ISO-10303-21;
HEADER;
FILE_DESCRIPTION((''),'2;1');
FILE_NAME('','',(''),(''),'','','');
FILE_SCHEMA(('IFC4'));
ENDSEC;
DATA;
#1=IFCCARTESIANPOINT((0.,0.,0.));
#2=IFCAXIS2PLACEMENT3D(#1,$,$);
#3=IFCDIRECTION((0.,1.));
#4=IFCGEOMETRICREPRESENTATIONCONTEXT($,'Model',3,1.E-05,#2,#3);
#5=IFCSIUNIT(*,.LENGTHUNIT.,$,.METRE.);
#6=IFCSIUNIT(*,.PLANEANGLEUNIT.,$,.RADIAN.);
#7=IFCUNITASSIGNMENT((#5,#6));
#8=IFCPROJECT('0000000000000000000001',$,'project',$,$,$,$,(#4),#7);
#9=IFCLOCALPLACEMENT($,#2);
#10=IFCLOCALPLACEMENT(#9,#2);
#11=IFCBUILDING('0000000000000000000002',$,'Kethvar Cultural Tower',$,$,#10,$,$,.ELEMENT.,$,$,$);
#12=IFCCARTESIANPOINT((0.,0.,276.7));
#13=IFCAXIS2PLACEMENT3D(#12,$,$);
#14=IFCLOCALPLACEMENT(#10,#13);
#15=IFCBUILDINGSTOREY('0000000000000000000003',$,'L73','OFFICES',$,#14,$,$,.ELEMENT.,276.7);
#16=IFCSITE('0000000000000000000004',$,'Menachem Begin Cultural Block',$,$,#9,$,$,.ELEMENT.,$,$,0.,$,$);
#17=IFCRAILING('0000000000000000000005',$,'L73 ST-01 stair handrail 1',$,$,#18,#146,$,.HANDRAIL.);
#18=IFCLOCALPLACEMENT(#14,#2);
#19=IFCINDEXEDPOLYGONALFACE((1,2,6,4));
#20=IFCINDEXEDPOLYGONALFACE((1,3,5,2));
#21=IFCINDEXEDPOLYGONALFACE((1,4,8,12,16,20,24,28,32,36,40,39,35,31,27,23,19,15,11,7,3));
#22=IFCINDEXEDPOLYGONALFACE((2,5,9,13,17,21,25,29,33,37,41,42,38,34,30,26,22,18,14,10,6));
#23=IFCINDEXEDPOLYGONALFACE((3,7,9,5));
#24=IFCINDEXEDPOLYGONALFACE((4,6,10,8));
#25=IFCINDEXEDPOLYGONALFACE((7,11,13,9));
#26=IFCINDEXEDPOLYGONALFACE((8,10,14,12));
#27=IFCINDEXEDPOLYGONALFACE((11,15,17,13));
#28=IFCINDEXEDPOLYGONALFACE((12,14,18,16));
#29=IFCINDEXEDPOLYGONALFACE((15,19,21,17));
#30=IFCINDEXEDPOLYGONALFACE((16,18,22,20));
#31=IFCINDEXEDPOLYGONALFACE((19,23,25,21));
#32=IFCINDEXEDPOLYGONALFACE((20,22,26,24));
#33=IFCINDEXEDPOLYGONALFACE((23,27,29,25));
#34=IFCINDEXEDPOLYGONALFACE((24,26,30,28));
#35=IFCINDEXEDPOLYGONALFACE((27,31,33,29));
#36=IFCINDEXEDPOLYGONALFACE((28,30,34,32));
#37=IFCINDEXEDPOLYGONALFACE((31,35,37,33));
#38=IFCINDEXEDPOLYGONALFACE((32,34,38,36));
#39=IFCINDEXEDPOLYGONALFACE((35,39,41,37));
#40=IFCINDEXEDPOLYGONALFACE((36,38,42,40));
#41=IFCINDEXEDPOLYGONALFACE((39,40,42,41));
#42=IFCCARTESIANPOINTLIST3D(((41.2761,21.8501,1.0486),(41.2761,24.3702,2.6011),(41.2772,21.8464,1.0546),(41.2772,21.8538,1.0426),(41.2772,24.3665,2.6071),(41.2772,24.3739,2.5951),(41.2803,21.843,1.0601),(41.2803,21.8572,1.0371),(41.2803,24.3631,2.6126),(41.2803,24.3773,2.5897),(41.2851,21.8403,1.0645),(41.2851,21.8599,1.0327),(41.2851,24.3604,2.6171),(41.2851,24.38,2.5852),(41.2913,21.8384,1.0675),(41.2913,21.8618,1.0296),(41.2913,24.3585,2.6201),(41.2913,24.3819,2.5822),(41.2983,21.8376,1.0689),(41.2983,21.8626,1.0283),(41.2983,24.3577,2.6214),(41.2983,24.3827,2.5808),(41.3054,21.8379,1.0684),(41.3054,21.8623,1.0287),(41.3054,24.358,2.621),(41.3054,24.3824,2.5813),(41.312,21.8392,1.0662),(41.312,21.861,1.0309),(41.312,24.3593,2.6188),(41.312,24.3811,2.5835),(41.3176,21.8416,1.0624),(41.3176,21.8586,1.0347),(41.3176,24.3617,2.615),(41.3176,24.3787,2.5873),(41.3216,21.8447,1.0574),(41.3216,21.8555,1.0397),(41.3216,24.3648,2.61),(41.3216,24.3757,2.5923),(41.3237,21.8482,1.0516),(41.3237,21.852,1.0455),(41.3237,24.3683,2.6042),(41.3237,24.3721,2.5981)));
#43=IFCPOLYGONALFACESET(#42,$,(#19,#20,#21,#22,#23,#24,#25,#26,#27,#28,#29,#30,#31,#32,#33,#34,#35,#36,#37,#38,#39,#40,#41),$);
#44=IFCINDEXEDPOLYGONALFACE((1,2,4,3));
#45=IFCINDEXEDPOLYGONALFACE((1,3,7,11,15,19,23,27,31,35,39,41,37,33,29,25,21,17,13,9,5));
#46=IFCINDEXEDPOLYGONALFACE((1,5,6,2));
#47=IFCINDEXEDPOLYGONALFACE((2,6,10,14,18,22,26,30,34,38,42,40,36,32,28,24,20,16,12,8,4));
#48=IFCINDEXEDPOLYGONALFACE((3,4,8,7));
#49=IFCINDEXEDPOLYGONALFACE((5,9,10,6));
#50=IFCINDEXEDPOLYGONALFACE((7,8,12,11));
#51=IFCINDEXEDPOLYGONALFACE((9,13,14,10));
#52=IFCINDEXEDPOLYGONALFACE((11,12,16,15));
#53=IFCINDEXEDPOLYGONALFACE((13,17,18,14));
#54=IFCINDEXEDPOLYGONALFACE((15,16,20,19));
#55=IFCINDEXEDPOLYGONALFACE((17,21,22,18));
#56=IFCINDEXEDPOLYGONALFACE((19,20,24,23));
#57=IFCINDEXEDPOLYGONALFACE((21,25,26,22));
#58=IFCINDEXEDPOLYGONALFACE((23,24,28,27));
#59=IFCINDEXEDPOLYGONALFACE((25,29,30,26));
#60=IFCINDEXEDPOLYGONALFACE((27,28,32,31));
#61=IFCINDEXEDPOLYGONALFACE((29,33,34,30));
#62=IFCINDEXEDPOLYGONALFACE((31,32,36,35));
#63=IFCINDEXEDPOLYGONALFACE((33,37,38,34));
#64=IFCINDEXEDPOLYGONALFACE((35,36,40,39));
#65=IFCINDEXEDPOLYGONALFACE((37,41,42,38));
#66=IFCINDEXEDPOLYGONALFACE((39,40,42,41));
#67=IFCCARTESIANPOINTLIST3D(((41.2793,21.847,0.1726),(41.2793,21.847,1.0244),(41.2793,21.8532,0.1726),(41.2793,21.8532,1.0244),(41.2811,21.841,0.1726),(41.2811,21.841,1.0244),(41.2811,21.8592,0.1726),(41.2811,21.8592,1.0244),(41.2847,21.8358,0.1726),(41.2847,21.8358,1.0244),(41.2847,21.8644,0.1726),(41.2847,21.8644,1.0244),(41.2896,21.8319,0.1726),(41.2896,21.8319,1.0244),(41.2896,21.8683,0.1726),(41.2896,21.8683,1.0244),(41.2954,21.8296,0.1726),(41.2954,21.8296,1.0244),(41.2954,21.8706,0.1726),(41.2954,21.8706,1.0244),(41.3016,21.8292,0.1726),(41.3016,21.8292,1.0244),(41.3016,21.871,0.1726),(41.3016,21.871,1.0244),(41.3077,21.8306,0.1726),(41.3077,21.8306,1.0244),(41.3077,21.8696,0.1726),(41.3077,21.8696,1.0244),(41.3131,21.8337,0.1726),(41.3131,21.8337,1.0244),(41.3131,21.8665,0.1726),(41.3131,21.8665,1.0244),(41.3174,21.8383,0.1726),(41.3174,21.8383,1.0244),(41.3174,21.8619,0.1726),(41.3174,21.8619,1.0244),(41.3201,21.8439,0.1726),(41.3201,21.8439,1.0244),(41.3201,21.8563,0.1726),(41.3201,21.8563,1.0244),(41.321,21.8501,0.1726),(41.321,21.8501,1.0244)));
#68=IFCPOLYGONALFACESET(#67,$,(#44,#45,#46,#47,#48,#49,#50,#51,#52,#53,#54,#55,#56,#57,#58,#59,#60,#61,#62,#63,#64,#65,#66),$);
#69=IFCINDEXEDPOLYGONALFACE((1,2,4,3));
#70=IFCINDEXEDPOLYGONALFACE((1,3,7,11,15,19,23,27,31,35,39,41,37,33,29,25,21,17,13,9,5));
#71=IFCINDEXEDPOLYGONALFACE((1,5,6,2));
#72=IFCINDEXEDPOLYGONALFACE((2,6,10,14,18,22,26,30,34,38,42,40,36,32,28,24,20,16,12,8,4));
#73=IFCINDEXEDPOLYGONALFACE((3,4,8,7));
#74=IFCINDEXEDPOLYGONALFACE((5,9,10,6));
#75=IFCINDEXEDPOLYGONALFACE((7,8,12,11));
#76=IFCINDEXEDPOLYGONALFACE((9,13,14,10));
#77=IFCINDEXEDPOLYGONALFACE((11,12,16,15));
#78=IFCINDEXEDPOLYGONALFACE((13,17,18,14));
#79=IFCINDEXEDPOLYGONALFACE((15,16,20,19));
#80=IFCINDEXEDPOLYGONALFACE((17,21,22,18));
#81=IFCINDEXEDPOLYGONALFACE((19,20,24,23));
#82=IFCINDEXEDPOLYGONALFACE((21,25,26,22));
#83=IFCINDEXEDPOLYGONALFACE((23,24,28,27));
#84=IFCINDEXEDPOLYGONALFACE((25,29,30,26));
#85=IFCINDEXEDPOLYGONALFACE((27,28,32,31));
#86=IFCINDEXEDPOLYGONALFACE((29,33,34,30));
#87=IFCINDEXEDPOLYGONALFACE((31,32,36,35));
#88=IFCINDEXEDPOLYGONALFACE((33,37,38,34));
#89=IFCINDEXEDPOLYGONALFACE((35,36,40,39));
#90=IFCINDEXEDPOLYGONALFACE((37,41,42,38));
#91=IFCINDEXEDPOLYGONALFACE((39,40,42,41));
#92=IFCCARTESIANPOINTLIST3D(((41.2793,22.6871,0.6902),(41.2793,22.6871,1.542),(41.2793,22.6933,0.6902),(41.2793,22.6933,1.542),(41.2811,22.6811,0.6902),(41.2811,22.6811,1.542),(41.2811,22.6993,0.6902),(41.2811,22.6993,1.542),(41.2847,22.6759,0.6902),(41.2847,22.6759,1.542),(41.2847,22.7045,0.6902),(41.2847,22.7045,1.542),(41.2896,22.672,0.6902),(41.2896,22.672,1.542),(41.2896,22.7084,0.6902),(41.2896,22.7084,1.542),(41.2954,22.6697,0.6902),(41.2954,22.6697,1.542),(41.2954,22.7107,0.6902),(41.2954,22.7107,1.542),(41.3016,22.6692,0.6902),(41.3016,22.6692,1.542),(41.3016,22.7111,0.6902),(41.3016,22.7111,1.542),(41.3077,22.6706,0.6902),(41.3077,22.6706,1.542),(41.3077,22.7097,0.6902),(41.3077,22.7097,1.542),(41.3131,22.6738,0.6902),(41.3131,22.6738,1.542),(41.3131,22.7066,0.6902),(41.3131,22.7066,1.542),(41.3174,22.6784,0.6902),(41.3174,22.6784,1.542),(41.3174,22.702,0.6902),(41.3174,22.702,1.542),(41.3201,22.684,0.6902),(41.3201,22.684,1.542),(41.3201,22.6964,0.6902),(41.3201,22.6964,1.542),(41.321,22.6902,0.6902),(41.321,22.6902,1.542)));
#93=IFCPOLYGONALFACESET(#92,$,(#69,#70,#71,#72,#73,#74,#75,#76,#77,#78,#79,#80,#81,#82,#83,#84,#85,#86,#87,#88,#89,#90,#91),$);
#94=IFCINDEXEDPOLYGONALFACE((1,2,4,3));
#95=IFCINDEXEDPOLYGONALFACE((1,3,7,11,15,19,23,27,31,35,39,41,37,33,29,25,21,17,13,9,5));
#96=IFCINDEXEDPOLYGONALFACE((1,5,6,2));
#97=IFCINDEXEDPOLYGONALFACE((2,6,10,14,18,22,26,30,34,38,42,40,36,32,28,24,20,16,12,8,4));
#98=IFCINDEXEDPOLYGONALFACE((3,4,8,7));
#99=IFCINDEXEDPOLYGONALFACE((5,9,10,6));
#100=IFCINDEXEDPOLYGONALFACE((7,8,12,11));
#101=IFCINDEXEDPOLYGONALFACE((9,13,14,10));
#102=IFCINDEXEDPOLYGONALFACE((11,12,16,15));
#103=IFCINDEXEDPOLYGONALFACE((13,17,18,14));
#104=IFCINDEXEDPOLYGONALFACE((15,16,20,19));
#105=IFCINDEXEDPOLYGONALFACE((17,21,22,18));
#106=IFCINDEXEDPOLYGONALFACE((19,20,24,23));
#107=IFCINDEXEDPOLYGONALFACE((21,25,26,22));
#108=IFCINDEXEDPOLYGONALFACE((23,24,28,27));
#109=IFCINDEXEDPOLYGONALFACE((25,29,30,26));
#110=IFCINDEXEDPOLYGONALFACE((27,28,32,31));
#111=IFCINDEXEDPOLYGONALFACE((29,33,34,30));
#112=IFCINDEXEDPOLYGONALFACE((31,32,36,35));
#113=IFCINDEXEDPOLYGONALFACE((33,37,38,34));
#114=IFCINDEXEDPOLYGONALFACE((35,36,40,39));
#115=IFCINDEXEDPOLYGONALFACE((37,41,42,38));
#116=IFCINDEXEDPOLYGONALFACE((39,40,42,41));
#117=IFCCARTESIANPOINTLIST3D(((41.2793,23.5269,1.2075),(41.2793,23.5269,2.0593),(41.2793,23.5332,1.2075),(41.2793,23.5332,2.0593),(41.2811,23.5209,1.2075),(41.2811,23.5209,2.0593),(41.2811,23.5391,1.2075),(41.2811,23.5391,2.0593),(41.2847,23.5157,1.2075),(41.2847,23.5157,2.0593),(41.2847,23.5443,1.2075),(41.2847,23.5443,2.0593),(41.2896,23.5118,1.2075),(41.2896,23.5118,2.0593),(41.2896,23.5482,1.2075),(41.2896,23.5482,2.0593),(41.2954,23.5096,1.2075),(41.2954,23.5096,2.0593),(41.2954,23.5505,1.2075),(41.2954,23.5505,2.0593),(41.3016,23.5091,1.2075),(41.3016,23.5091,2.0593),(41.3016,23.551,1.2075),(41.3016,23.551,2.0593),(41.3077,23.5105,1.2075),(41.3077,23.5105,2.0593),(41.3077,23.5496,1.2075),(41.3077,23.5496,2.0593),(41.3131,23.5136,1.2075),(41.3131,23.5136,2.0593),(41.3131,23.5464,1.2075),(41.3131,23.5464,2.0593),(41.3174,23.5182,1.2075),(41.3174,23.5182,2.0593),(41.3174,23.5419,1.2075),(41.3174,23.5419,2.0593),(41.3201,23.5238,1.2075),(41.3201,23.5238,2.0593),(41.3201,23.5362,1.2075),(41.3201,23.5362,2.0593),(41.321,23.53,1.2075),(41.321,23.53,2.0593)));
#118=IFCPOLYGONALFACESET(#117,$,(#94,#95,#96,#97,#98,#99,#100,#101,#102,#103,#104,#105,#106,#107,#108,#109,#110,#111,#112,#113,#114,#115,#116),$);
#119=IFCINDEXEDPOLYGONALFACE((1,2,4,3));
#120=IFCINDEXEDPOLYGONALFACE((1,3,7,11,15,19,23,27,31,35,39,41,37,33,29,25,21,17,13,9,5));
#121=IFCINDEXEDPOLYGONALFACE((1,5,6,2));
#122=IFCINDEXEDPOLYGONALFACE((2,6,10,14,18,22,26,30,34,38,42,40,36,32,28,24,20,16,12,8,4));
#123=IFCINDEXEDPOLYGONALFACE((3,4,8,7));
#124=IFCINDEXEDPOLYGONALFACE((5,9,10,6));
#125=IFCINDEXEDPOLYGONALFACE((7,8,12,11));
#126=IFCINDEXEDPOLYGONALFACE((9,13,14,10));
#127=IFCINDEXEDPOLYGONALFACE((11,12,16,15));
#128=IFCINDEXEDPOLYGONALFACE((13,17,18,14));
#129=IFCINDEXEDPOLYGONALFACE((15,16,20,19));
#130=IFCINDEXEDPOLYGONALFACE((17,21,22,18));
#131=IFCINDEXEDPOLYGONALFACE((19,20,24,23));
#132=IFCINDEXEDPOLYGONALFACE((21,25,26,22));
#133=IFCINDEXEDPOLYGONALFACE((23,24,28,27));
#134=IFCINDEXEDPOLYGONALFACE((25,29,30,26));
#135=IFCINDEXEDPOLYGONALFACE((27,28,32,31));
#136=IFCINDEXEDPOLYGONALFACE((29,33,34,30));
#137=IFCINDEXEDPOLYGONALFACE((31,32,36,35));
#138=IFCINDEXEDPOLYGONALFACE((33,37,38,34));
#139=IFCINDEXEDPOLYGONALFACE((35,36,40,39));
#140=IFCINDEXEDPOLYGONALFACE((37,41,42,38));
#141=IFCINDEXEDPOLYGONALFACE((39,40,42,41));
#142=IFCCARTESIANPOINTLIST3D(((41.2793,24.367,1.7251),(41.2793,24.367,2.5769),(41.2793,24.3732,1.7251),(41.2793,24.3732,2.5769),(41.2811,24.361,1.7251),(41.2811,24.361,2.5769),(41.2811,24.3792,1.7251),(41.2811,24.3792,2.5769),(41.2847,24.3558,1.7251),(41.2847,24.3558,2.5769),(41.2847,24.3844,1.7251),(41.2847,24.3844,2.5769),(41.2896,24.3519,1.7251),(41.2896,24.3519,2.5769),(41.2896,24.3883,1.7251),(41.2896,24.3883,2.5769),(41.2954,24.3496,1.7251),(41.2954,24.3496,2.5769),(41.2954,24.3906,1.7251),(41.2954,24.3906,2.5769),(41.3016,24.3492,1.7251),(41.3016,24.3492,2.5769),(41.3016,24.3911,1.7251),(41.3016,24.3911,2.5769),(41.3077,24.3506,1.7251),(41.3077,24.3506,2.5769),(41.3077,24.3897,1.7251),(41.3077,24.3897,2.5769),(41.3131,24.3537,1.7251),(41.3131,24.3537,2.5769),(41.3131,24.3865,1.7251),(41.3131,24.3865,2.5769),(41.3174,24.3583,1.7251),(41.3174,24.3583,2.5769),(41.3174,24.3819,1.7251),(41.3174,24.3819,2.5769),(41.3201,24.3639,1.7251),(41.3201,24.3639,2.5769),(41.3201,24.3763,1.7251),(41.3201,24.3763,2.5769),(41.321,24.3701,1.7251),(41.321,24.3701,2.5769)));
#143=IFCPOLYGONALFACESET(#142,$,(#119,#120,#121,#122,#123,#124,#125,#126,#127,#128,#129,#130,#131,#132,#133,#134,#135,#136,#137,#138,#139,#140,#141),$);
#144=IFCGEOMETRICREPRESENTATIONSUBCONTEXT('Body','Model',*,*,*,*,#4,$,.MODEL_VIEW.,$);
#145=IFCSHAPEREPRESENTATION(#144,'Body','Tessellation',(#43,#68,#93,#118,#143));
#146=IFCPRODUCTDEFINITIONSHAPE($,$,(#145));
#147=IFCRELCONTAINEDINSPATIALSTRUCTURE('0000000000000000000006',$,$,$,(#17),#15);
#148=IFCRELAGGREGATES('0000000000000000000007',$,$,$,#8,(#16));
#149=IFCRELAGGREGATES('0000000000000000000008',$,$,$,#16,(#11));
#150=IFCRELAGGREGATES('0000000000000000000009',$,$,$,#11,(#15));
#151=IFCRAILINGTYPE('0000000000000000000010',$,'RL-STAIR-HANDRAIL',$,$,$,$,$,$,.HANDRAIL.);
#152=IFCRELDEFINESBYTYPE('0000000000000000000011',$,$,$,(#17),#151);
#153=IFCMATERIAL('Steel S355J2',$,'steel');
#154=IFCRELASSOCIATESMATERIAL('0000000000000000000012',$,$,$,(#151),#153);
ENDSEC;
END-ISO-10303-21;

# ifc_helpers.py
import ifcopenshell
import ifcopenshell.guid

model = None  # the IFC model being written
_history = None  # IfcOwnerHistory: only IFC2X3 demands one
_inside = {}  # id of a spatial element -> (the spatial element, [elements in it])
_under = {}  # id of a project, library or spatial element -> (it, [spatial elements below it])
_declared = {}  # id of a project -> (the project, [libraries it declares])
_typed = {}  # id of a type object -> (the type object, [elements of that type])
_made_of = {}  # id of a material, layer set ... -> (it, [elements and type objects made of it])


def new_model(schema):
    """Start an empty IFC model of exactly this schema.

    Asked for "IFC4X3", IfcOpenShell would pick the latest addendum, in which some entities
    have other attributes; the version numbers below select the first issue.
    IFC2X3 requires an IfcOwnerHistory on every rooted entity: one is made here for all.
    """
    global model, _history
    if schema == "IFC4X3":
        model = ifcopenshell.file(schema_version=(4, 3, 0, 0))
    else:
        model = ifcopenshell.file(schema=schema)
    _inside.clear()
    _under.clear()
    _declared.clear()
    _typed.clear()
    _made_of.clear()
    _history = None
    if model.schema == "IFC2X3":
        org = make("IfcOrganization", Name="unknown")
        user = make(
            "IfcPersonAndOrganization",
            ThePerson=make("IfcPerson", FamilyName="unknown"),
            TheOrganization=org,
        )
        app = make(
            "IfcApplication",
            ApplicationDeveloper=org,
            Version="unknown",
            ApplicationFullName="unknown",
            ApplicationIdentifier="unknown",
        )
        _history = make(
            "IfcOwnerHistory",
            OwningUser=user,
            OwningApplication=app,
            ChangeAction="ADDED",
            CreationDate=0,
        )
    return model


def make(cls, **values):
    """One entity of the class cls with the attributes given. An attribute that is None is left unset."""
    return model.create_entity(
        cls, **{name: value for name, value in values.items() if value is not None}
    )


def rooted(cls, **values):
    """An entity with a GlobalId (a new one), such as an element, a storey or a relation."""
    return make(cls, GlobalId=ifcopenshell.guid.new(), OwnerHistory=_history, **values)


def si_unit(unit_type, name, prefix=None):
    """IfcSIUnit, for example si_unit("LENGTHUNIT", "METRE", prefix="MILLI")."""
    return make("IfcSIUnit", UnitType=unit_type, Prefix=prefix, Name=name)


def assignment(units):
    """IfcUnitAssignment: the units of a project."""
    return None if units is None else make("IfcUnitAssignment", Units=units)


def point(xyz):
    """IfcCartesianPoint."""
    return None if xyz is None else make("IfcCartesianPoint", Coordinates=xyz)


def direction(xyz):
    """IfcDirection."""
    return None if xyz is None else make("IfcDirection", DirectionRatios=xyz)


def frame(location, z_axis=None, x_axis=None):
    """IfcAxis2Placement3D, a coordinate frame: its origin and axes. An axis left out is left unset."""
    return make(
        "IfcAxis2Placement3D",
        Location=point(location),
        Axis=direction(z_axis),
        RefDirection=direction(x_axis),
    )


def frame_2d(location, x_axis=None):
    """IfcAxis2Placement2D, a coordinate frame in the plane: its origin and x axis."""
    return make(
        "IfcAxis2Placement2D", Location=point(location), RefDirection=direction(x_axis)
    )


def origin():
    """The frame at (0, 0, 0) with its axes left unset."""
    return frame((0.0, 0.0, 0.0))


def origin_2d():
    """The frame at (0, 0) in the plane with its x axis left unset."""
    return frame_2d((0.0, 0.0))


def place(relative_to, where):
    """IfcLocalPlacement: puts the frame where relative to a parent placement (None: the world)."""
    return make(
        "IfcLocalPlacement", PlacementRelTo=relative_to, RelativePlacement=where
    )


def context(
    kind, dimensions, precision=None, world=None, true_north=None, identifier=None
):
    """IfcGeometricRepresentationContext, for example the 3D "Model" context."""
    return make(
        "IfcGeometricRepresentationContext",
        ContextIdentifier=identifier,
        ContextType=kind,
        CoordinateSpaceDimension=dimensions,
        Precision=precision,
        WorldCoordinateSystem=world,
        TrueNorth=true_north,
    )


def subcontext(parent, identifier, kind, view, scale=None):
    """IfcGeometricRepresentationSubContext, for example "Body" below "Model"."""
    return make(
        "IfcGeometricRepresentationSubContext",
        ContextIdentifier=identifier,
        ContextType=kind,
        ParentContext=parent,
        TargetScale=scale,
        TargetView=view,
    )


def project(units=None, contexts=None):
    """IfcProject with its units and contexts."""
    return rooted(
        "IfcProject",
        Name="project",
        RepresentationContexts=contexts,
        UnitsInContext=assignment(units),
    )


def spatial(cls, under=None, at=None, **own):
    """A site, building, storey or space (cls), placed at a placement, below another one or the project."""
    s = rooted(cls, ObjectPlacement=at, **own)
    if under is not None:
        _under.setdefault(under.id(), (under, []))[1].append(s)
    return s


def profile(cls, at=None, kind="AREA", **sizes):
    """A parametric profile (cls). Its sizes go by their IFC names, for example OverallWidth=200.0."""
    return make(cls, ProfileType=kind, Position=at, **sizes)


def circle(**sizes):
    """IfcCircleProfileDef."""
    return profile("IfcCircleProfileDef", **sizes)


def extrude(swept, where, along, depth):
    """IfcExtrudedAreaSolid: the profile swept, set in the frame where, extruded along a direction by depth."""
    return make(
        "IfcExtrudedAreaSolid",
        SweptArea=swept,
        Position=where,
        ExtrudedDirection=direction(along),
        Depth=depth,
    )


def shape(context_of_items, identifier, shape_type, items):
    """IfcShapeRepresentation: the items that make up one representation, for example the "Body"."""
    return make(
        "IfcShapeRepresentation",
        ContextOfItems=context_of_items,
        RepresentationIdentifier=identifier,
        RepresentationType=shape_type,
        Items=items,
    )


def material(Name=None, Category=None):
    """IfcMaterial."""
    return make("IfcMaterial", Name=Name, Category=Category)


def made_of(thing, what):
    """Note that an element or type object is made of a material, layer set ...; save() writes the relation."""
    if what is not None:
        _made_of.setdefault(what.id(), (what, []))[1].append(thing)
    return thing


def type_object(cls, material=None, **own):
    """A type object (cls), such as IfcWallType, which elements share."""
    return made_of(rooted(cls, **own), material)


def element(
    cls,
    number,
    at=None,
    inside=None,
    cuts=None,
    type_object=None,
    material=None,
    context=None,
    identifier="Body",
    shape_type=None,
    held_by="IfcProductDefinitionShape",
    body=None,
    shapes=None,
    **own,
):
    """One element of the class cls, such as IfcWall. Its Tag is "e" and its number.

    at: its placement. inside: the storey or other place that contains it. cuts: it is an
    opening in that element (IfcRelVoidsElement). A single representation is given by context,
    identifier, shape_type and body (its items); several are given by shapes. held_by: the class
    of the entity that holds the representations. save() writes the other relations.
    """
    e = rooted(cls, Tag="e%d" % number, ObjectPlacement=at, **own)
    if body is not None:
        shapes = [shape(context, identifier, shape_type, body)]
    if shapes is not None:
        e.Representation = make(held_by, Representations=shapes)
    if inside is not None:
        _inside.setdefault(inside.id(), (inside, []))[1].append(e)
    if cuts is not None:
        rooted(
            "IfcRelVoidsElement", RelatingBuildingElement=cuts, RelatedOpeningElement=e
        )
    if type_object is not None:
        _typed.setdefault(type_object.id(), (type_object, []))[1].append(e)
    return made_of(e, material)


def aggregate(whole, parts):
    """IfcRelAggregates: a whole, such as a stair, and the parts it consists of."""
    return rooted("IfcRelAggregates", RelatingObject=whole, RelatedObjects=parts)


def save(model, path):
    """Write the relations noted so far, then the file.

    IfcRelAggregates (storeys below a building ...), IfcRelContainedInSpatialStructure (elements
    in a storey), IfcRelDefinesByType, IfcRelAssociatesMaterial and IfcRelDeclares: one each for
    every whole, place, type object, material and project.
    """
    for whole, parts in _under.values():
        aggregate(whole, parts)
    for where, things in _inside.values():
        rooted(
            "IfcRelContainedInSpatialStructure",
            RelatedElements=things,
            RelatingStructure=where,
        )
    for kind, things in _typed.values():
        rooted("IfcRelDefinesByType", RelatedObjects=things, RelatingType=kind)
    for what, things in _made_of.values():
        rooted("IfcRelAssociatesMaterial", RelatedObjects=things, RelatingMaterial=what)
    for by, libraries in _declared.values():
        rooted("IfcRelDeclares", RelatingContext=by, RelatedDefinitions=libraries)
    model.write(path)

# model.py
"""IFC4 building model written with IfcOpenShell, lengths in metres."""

from ifc_helpers import new_model, si_unit, direction, frame, origin, origin_2d, place, context, subcontext, project, spatial, circle, extrude, material, type_object, element, save


model = new_model("IFC4")

# Units and contexts
model_context = context("Model", 3, precision=1e-05, world=origin(), true_north=direction((0.0, 1.0)))
body_context = subcontext(model_context, "Body", "Model", "MODEL_VIEW")
ifc_project = project(units=[si_unit("LENGTHUNIT", "METRE"), si_unit("PLANEANGLEUNIT", "RADIAN")], contexts=[model_context])

# Site, building, storey
site_placement = place(None, origin())
site = spatial("IfcSite", under=ifc_project, at=site_placement, Name="Menachem Begin Cultural Block", CompositionType="ELEMENT", RefElevation=0.0)
building_placement = place(site_placement, origin())
building = spatial("IfcBuilding", under=site, at=building_placement, Name="Kethvar Cultural Tower", CompositionType="ELEMENT")
storey_placement = place(building_placement, frame((0.0, 0.0, 276.7)))
storey = spatial("IfcBuildingStorey", under=building, at=storey_placement, Name="L73", Description="OFFICES", CompositionType="ELEMENT", Elevation=276.7)

# Shared definitions
ifc_material_1 = material(Name="Steel S355J2", Category="steel")

# Railing
railing_type_1 = type_object("IfcRailingType", Name="RL-STAIR-HANDRAIL", PredefinedType="HANDRAIL", material=ifc_material_1)
railing_1_placement = place(storey_placement, frame((41.3, 21.8501, 0.1726)))
element("IfcRailing", 1, at=railing_1_placement, inside=storey, type_object=railing_type_1, Name="L73 ST-01 stair handrail 1", PredefinedType="HANDRAIL", context=body_context, shape_type="SweptSolid", body=[
    extrude(circle(Radius=0.0239, at=origin_2d()), frame((0.0, 0.0, 0.876), z_axis=(0.0, 0.8514, 0.524516), x_axis=(-1.0, 0.0, 0.0)), (0.0, 0.0, 1.0), 2.96),
    extrude(circle(Radius=0.021, at=origin_2d()), origin(), (0.0, 0.0, 1.0), 0.8518),
    extrude(circle(Radius=0.021, at=origin_2d()), frame((0.0, 0.8401, 0.5176)), (0.0, 0.0, 1.0), 0.8518),
    extrude(circle(Radius=0.021, at=origin_2d()), frame((0.0, 1.6799, 1.0349)), (0.0, 0.0, 1.0), 0.8518),
    extrude(circle(Radius=0.021, at=origin_2d()), frame((0.0, 2.52, 1.5525)), (0.0, 0.0, 1.0), 0.8518),
])

save(model, "model.ifc")
